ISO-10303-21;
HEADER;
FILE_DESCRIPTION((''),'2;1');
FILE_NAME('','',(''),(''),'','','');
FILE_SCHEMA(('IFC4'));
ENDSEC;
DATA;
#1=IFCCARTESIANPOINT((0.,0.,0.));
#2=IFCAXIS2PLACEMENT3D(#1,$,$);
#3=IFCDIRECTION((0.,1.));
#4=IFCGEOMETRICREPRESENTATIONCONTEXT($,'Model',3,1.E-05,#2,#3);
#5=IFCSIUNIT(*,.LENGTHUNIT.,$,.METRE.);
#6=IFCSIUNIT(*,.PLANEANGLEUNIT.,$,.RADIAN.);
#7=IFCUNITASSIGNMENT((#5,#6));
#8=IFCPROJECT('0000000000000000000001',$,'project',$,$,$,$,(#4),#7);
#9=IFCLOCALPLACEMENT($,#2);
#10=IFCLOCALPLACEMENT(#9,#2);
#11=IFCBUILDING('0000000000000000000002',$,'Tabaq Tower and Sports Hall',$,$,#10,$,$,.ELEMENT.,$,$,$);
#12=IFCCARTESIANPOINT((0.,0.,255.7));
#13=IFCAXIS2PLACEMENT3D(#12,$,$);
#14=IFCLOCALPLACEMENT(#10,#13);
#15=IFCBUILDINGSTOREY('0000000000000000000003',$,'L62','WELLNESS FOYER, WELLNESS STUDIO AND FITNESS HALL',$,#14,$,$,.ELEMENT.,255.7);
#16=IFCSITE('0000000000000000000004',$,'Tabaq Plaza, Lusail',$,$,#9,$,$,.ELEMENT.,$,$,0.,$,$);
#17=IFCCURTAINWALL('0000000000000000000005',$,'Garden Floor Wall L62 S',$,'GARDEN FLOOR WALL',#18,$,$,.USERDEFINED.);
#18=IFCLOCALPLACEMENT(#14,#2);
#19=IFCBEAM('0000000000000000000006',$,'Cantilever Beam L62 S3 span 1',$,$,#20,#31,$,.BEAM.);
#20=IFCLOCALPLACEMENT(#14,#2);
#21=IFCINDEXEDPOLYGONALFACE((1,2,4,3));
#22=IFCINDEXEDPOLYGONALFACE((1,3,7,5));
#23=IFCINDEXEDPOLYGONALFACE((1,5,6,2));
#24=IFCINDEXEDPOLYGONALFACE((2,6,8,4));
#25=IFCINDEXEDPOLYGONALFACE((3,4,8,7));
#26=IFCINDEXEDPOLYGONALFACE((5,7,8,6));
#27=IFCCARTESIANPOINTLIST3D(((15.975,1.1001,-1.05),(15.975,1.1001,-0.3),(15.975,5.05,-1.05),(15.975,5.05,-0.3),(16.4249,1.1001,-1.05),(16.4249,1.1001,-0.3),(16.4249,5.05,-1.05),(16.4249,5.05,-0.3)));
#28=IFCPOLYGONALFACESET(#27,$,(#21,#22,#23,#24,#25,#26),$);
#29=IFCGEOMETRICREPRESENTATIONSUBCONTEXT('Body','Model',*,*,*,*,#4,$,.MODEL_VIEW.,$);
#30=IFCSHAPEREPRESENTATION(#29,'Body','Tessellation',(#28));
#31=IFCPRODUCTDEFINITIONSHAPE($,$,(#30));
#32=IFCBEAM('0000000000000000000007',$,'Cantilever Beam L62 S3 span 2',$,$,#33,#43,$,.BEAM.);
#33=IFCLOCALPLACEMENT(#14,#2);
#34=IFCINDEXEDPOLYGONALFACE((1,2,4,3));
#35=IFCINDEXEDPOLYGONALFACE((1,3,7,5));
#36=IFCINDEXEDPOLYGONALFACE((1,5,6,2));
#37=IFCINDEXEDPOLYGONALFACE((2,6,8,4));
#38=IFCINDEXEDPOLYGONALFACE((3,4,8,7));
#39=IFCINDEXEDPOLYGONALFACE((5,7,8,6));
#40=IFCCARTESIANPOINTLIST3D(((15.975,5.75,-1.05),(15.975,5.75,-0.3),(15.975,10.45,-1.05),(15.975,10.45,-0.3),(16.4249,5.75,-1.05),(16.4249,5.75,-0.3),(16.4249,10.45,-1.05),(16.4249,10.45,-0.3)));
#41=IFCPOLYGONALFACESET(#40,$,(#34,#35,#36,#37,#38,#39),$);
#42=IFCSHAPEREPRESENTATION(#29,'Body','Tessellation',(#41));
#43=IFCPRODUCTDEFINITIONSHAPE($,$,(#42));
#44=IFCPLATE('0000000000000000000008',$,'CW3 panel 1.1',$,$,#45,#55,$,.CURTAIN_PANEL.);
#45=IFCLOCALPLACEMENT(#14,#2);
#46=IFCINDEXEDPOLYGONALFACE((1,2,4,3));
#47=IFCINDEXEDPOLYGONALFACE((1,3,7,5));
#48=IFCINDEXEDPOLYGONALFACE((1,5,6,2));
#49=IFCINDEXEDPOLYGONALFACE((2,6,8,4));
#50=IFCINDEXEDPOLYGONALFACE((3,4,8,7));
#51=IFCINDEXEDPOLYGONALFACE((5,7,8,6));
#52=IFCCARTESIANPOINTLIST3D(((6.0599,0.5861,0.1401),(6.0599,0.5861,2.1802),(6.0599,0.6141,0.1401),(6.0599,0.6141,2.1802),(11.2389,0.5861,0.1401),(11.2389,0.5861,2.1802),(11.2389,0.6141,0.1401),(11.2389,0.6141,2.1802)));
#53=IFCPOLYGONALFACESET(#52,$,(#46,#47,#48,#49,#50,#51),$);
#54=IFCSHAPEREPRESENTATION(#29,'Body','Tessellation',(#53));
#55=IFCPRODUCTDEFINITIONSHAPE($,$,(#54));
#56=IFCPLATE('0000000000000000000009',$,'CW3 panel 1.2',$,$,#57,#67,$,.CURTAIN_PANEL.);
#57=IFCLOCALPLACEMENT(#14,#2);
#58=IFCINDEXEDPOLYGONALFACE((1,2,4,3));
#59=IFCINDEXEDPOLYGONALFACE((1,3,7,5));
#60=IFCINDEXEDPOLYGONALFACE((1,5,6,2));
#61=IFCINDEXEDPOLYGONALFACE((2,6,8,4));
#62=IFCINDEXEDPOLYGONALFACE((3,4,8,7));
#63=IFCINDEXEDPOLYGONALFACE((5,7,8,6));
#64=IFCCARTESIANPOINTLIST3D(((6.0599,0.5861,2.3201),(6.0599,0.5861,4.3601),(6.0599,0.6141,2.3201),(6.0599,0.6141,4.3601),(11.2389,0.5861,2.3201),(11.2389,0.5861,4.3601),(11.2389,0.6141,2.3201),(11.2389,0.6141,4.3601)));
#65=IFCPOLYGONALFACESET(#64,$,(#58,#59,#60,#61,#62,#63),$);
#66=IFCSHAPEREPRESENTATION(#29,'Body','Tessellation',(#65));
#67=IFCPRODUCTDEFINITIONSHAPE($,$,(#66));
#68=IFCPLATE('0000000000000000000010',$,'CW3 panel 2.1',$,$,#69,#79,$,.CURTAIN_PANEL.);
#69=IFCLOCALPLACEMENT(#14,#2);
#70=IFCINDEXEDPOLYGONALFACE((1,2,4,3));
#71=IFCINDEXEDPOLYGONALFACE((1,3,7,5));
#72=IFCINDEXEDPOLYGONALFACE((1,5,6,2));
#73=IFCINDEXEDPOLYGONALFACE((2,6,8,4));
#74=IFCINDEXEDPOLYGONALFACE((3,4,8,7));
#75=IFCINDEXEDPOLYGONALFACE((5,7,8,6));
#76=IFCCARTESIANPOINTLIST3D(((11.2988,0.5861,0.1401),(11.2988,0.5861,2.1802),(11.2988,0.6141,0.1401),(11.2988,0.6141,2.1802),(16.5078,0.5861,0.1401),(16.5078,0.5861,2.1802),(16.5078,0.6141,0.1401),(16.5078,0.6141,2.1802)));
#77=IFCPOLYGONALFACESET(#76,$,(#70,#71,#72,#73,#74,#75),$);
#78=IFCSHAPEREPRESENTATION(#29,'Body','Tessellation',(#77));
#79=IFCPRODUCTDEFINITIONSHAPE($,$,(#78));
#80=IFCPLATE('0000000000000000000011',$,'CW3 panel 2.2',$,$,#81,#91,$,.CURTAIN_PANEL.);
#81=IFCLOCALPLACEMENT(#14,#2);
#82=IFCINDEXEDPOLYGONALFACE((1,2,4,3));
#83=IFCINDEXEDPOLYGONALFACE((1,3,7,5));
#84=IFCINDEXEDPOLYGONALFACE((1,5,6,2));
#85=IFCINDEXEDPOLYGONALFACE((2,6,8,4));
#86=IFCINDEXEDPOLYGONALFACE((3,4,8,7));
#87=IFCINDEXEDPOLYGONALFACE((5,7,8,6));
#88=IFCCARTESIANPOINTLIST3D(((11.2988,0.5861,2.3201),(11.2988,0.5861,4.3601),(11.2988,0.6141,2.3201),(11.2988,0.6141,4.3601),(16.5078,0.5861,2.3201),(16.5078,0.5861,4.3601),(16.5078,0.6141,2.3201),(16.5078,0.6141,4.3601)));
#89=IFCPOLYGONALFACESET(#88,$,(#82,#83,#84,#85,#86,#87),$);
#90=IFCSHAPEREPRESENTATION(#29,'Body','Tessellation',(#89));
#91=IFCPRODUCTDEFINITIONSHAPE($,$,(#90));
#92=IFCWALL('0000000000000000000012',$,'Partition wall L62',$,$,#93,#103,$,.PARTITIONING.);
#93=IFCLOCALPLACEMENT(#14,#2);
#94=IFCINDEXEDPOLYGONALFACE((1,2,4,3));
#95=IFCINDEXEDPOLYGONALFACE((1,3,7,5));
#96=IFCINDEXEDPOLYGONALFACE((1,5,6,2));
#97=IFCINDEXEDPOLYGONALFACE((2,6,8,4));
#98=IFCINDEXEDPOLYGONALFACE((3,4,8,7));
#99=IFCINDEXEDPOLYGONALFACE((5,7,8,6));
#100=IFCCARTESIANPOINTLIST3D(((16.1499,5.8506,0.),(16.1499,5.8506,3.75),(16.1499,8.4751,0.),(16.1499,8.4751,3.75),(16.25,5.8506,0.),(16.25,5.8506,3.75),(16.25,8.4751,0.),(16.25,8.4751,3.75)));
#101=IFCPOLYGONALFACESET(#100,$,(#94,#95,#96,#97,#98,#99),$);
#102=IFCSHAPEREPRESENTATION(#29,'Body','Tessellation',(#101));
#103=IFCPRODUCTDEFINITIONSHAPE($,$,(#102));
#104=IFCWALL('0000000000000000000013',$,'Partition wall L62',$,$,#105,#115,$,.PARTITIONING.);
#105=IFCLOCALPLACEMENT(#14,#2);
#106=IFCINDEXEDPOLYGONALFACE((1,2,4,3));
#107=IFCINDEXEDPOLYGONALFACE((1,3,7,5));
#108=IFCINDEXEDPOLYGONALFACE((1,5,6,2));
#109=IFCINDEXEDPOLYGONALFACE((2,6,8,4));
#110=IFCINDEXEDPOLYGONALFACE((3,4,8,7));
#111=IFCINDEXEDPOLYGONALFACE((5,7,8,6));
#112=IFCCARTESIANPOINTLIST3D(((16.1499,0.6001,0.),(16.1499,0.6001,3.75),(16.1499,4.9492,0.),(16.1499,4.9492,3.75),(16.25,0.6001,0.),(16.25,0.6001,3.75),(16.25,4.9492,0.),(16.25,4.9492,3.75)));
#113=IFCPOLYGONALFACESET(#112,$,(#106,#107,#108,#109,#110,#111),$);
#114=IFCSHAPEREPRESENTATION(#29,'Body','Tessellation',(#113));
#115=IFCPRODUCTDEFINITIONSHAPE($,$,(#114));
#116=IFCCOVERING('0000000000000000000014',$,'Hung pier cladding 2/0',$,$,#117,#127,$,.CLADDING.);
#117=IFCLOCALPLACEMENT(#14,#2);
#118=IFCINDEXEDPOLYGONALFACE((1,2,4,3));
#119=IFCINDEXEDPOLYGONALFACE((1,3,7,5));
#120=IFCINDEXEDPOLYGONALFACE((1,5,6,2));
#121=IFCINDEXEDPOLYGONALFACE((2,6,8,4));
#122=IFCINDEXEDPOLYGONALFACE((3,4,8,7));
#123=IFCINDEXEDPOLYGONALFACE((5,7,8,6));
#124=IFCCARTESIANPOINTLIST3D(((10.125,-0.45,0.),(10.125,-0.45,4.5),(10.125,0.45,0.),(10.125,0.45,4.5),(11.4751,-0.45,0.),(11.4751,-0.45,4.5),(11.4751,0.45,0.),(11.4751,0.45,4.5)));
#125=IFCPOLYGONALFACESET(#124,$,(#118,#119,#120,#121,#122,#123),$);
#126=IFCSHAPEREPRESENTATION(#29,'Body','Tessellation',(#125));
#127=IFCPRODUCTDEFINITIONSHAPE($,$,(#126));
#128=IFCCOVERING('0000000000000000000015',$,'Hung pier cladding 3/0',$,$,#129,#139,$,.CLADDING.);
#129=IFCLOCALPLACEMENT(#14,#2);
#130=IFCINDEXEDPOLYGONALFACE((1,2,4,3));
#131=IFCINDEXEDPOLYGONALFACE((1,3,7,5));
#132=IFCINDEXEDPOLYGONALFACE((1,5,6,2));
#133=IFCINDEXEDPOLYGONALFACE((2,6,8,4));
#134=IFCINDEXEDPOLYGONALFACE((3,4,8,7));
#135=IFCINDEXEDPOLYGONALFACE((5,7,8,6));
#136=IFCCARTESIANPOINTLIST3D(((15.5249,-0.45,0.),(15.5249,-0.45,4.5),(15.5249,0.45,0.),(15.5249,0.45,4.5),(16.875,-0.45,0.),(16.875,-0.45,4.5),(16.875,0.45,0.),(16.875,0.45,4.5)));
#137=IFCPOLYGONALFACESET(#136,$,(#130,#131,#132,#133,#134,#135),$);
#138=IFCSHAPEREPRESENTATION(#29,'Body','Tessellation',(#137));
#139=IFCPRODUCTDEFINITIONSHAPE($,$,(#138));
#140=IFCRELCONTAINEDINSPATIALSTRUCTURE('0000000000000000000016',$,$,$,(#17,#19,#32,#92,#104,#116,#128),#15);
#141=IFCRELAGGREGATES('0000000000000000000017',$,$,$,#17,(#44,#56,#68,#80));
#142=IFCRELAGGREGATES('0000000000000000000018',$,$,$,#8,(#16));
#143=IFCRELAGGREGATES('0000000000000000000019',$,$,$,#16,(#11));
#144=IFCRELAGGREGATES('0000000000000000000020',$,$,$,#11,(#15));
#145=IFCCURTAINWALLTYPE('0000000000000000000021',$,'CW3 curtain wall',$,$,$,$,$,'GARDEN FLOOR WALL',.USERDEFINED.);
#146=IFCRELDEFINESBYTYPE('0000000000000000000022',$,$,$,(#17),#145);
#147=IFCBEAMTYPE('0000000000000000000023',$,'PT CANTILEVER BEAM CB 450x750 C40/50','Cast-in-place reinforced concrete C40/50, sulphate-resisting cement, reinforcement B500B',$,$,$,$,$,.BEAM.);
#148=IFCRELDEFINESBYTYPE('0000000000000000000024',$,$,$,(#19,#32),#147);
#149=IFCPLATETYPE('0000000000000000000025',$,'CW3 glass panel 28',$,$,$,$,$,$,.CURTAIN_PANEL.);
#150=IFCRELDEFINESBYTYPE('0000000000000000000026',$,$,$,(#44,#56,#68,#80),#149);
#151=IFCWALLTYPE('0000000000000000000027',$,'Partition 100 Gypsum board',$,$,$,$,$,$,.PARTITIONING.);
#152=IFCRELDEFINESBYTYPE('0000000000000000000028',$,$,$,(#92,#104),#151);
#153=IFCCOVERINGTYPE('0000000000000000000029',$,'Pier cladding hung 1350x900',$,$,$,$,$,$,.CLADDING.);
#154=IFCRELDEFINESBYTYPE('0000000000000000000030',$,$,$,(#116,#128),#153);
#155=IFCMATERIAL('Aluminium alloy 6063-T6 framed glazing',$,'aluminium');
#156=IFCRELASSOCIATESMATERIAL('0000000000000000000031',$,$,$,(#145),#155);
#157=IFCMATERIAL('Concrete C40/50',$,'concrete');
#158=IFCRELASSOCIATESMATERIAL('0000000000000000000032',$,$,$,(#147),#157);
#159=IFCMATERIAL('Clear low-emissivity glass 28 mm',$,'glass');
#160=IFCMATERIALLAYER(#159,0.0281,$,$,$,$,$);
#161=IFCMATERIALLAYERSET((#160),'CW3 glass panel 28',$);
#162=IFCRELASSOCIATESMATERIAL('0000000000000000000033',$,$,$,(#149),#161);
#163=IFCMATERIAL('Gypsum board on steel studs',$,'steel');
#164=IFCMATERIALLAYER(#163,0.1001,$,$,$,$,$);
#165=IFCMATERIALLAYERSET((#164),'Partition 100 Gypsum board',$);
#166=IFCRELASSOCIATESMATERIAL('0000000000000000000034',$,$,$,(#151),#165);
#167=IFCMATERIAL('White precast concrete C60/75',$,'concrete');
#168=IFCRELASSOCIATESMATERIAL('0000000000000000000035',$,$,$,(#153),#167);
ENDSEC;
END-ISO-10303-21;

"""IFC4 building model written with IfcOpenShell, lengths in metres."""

from ifc_helpers import new_model, si_unit, direction, frame, frame_2d, origin, origin_2d, place, context, subcontext, project, spatial, rectangle, extrude, material, layer, layer_set, material_profile, profile_set, type_object, element, aggregate, save


model = new_model("IFC4")

# Units and contexts
model_context = context("Model", 3, precision=1e-05, world=origin(), true_north=direction((0.0, 1.0)))
body_context = subcontext(model_context, "Body", "Model", "MODEL_VIEW")
ifc_project = project(units=[si_unit("LENGTHUNIT", "METRE"), si_unit("PLANEANGLEUNIT", "RADIAN")], contexts=[model_context])

# Site, building, storey
site_placement = place(None, origin())
site = spatial("IfcSite", under=ifc_project, at=site_placement, Name="Tabaq Plaza, Lusail", CompositionType="ELEMENT", RefElevation=0.0)
building_placement = place(site_placement, origin())
building = spatial("IfcBuilding", under=site, at=building_placement, Name="Tabaq Tower and Sports Hall", CompositionType="ELEMENT")
storey_placement = place(building_placement, frame((0.0, 0.0, 255.7)))
storey = spatial("IfcBuildingStorey", under=building, at=storey_placement, Name="L62", Description="WELLNESS FOYER, WELLNESS STUDIO AND FITNESS HALL", CompositionType="ELEMENT", Elevation=255.7)

# Curtain wall
ifc_material_1 = material(Name="Aluminium alloy 6063-T6 framed glazing", Category="aluminium")
curtain_wall_type = type_object("IfcCurtainWallType", Name="CW3 curtain wall", ElementType="GARDEN FLOOR WALL", PredefinedType="USERDEFINED", material=ifc_material_1)
curtain_wall_1_placement = place(storey_placement, origin())
curtain_wall_1 = element("IfcCurtainWall", 1, at=curtain_wall_1_placement, inside=storey, type_object=curtain_wall_type, Name="Garden Floor Wall L62 S", ObjectType="GARDEN FLOOR WALL", PredefinedType="USERDEFINED")

# Beams
ifc_material_2 = material(Name="Concrete C40/50", Category="concrete")
ifc_material_profile_1 = material_profile(ifc_material_2, rectangle(XDim=0.45, YDim=0.75, at=origin_2d()), Name="CB 450x750")
ifc_profile_set_1 = profile_set([ifc_material_profile_1], Name="Concrete C40/50")
beam_type = type_object("IfcBeamType", Name="PT CANTILEVER BEAM CB 450x750 C40/50", Description="Cast-in-place reinforced concrete C40/50, sulphate-resisting cement, reinforcement B500B", PredefinedType="BEAM", material=ifc_profile_set_1)
beam_1_placement = place(storey_placement, frame((16.2, 1.1001, -0.675), z_axis=(0.0, 1.0, 0.0), x_axis=(-1.0, 0.0, 0.0)))
element("IfcBeam", 2, at=beam_1_placement, inside=storey, type_object=beam_type, Name="Cantilever Beam L62 S3 span 1", PredefinedType="BEAM", context=body_context, shape_type="SweptSolid", body=[
    extrude(rectangle(XDim=0.45, YDim=0.75, at=origin_2d()), origin(), (0.0, 0.0, 1.0), 3.95),
])
beam_2_placement = place(storey_placement, frame((16.2, 5.75, -0.675), z_axis=(0.0, 1.0, 0.0), x_axis=(-1.0, 0.0, 0.0)))
element("IfcBeam", 3, at=beam_2_placement, inside=storey, type_object=beam_type, Name="Cantilever Beam L62 S3 span 2", PredefinedType="BEAM", context=body_context, shape_type="SweptSolid", body=[
    extrude(rectangle(XDim=0.45, YDim=0.75, at=origin_2d()), origin(), (0.0, 0.0, 1.0), 4.7),
])

# Plates
ifc_material_3 = material(Name="Clear low-emissivity glass 28 mm", Category="glass")
ifc_layer_1 = layer(ifc_material_3, 0.0281)
ifc_layer_set_1 = layer_set([ifc_layer_1], Name="CW3 glass panel 28")
plate_type = type_object("IfcPlateType", Name="CW3 glass panel 28", PredefinedType="CURTAIN_PANEL", material=ifc_layer_set_1)
plate_1_placement = place(storey_placement, frame((8.6494, 0.6001, 0.1401), z_axis=(0.0, 0.0, 1.0), x_axis=(1.0, 0.0, 0.0)))
plate_1 = element("IfcPlate", 4, at=plate_1_placement, type_object=plate_type, Name="CW3 panel 1.1", PredefinedType="CURTAIN_PANEL", context=body_context, shape_type="SweptSolid", body=[
    extrude(rectangle(XDim=5.179, YDim=0.0281, at=origin_2d()), origin(), (0.0, 0.0, 1.0), 2.04),
])
plate_2_placement = place(storey_placement, frame((8.6494, 0.6001, 2.3201), z_axis=(0.0, 0.0, 1.0), x_axis=(1.0, 0.0, 0.0)))
plate_2 = element("IfcPlate", 5, at=plate_2_placement, type_object=plate_type, Name="CW3 panel 1.2", PredefinedType="CURTAIN_PANEL", context=body_context, shape_type="SweptSolid", body=[
    extrude(rectangle(XDim=5.179, YDim=0.0281, at=origin_2d()), origin(), (0.0, 0.0, 1.0), 2.04),
])
plate_3_placement = place(storey_placement, frame((13.9033, 0.6001, 0.1401), z_axis=(0.0, 0.0, 1.0), x_axis=(1.0, 0.0, 0.0)))
plate_3 = element("IfcPlate", 6, at=plate_3_placement, type_object=plate_type, Name="CW3 panel 2.1", PredefinedType="CURTAIN_PANEL", context=body_context, shape_type="SweptSolid", body=[
    extrude(rectangle(XDim=5.209, YDim=0.0281, at=origin_2d()), origin(), (0.0, 0.0, 1.0), 2.04),
])
plate_4_placement = place(storey_placement, frame((13.9033, 0.6001, 2.3201), z_axis=(0.0, 0.0, 1.0), x_axis=(1.0, 0.0, 0.0)))
plate_4 = element("IfcPlate", 7, at=plate_4_placement, type_object=plate_type, Name="CW3 panel 2.2", PredefinedType="CURTAIN_PANEL", context=body_context, shape_type="SweptSolid", body=[
    extrude(rectangle(XDim=5.209, YDim=0.0281, at=origin_2d()), origin(), (0.0, 0.0, 1.0), 2.04),
])
aggregate(curtain_wall_1, [plate_1, plate_2, plate_3, plate_4])

# Walls
ifc_material_4 = material(Name="Gypsum board on steel studs", Category="steel")
ifc_layer_2 = layer(ifc_material_4, 0.1001)
ifc_layer_set_2 = layer_set([ifc_layer_2], Name="Partition 100 Gypsum board")
wall_type = type_object("IfcWallType", Name="Partition 100 Gypsum board", PredefinedType="PARTITIONING", material=ifc_layer_set_2)
wall_1_placement = place(storey_placement, frame((16.2, 8.4751, 0.0), z_axis=(0.0, 0.0, 1.0), x_axis=(0.0, -1.0, 0.0)))
element("IfcWall", 8, at=wall_1_placement, inside=storey, type_object=wall_type, Name="Partition wall L62", PredefinedType="PARTITIONING", context=body_context, shape_type="SweptSolid", body=[
    extrude(rectangle(XDim=2.6245, YDim=0.1001, at=frame_2d((1.3123, 0.0))), origin(), (0.0, 0.0, 1.0), 3.75),
])
wall_2_placement = place(storey_placement, frame((16.2, 4.9492, 0.0), z_axis=(0.0, 0.0, 1.0), x_axis=(0.0, -1.0, 0.0)))
element("IfcWall", 9, at=wall_2_placement, inside=storey, type_object=wall_type, Name="Partition wall L62", PredefinedType="PARTITIONING", context=body_context, shape_type="SweptSolid", body=[
    extrude(rectangle(XDim=4.3491, YDim=0.1001, at=frame_2d((2.1746, 0.0))), origin(), (0.0, 0.0, 1.0), 3.75),
])

# Coverings
ifc_material_5 = material(Name="White precast concrete C60/75", Category="concrete")
covering_type = type_object("IfcCoveringType", Name="Pier cladding hung 1350x900", PredefinedType="CLADDING", material=ifc_material_5)
for number, where, z_axis, x_axis, name in (
    (10, (10.125, 0.0, 0.0), (0.0, 0.0, 1.0), (1.0, 0.0, 0.0), "Hung pier cladding 2/0"),
    (11, (15.5249, 0.0, 0.0), (0.0, 0.0, 1.0), (1.0, 0.0, 0.0), "Hung pier cladding 3/0"),
):
    element("IfcCovering", number, at=place(storey_placement, frame(where, z_axis=z_axis, x_axis=x_axis)), inside=storey, type_object=covering_type, Name=name, PredefinedType="CLADDING", context=body_context, shape_type="SweptSolid", body=[
        extrude(rectangle(XDim=1.3501, YDim=0.8999, at=frame_2d((0.675, 0.0))), origin(), (0.0, 0.0, 1.0), 4.5),
    ])

save(model, "model.ifc")
